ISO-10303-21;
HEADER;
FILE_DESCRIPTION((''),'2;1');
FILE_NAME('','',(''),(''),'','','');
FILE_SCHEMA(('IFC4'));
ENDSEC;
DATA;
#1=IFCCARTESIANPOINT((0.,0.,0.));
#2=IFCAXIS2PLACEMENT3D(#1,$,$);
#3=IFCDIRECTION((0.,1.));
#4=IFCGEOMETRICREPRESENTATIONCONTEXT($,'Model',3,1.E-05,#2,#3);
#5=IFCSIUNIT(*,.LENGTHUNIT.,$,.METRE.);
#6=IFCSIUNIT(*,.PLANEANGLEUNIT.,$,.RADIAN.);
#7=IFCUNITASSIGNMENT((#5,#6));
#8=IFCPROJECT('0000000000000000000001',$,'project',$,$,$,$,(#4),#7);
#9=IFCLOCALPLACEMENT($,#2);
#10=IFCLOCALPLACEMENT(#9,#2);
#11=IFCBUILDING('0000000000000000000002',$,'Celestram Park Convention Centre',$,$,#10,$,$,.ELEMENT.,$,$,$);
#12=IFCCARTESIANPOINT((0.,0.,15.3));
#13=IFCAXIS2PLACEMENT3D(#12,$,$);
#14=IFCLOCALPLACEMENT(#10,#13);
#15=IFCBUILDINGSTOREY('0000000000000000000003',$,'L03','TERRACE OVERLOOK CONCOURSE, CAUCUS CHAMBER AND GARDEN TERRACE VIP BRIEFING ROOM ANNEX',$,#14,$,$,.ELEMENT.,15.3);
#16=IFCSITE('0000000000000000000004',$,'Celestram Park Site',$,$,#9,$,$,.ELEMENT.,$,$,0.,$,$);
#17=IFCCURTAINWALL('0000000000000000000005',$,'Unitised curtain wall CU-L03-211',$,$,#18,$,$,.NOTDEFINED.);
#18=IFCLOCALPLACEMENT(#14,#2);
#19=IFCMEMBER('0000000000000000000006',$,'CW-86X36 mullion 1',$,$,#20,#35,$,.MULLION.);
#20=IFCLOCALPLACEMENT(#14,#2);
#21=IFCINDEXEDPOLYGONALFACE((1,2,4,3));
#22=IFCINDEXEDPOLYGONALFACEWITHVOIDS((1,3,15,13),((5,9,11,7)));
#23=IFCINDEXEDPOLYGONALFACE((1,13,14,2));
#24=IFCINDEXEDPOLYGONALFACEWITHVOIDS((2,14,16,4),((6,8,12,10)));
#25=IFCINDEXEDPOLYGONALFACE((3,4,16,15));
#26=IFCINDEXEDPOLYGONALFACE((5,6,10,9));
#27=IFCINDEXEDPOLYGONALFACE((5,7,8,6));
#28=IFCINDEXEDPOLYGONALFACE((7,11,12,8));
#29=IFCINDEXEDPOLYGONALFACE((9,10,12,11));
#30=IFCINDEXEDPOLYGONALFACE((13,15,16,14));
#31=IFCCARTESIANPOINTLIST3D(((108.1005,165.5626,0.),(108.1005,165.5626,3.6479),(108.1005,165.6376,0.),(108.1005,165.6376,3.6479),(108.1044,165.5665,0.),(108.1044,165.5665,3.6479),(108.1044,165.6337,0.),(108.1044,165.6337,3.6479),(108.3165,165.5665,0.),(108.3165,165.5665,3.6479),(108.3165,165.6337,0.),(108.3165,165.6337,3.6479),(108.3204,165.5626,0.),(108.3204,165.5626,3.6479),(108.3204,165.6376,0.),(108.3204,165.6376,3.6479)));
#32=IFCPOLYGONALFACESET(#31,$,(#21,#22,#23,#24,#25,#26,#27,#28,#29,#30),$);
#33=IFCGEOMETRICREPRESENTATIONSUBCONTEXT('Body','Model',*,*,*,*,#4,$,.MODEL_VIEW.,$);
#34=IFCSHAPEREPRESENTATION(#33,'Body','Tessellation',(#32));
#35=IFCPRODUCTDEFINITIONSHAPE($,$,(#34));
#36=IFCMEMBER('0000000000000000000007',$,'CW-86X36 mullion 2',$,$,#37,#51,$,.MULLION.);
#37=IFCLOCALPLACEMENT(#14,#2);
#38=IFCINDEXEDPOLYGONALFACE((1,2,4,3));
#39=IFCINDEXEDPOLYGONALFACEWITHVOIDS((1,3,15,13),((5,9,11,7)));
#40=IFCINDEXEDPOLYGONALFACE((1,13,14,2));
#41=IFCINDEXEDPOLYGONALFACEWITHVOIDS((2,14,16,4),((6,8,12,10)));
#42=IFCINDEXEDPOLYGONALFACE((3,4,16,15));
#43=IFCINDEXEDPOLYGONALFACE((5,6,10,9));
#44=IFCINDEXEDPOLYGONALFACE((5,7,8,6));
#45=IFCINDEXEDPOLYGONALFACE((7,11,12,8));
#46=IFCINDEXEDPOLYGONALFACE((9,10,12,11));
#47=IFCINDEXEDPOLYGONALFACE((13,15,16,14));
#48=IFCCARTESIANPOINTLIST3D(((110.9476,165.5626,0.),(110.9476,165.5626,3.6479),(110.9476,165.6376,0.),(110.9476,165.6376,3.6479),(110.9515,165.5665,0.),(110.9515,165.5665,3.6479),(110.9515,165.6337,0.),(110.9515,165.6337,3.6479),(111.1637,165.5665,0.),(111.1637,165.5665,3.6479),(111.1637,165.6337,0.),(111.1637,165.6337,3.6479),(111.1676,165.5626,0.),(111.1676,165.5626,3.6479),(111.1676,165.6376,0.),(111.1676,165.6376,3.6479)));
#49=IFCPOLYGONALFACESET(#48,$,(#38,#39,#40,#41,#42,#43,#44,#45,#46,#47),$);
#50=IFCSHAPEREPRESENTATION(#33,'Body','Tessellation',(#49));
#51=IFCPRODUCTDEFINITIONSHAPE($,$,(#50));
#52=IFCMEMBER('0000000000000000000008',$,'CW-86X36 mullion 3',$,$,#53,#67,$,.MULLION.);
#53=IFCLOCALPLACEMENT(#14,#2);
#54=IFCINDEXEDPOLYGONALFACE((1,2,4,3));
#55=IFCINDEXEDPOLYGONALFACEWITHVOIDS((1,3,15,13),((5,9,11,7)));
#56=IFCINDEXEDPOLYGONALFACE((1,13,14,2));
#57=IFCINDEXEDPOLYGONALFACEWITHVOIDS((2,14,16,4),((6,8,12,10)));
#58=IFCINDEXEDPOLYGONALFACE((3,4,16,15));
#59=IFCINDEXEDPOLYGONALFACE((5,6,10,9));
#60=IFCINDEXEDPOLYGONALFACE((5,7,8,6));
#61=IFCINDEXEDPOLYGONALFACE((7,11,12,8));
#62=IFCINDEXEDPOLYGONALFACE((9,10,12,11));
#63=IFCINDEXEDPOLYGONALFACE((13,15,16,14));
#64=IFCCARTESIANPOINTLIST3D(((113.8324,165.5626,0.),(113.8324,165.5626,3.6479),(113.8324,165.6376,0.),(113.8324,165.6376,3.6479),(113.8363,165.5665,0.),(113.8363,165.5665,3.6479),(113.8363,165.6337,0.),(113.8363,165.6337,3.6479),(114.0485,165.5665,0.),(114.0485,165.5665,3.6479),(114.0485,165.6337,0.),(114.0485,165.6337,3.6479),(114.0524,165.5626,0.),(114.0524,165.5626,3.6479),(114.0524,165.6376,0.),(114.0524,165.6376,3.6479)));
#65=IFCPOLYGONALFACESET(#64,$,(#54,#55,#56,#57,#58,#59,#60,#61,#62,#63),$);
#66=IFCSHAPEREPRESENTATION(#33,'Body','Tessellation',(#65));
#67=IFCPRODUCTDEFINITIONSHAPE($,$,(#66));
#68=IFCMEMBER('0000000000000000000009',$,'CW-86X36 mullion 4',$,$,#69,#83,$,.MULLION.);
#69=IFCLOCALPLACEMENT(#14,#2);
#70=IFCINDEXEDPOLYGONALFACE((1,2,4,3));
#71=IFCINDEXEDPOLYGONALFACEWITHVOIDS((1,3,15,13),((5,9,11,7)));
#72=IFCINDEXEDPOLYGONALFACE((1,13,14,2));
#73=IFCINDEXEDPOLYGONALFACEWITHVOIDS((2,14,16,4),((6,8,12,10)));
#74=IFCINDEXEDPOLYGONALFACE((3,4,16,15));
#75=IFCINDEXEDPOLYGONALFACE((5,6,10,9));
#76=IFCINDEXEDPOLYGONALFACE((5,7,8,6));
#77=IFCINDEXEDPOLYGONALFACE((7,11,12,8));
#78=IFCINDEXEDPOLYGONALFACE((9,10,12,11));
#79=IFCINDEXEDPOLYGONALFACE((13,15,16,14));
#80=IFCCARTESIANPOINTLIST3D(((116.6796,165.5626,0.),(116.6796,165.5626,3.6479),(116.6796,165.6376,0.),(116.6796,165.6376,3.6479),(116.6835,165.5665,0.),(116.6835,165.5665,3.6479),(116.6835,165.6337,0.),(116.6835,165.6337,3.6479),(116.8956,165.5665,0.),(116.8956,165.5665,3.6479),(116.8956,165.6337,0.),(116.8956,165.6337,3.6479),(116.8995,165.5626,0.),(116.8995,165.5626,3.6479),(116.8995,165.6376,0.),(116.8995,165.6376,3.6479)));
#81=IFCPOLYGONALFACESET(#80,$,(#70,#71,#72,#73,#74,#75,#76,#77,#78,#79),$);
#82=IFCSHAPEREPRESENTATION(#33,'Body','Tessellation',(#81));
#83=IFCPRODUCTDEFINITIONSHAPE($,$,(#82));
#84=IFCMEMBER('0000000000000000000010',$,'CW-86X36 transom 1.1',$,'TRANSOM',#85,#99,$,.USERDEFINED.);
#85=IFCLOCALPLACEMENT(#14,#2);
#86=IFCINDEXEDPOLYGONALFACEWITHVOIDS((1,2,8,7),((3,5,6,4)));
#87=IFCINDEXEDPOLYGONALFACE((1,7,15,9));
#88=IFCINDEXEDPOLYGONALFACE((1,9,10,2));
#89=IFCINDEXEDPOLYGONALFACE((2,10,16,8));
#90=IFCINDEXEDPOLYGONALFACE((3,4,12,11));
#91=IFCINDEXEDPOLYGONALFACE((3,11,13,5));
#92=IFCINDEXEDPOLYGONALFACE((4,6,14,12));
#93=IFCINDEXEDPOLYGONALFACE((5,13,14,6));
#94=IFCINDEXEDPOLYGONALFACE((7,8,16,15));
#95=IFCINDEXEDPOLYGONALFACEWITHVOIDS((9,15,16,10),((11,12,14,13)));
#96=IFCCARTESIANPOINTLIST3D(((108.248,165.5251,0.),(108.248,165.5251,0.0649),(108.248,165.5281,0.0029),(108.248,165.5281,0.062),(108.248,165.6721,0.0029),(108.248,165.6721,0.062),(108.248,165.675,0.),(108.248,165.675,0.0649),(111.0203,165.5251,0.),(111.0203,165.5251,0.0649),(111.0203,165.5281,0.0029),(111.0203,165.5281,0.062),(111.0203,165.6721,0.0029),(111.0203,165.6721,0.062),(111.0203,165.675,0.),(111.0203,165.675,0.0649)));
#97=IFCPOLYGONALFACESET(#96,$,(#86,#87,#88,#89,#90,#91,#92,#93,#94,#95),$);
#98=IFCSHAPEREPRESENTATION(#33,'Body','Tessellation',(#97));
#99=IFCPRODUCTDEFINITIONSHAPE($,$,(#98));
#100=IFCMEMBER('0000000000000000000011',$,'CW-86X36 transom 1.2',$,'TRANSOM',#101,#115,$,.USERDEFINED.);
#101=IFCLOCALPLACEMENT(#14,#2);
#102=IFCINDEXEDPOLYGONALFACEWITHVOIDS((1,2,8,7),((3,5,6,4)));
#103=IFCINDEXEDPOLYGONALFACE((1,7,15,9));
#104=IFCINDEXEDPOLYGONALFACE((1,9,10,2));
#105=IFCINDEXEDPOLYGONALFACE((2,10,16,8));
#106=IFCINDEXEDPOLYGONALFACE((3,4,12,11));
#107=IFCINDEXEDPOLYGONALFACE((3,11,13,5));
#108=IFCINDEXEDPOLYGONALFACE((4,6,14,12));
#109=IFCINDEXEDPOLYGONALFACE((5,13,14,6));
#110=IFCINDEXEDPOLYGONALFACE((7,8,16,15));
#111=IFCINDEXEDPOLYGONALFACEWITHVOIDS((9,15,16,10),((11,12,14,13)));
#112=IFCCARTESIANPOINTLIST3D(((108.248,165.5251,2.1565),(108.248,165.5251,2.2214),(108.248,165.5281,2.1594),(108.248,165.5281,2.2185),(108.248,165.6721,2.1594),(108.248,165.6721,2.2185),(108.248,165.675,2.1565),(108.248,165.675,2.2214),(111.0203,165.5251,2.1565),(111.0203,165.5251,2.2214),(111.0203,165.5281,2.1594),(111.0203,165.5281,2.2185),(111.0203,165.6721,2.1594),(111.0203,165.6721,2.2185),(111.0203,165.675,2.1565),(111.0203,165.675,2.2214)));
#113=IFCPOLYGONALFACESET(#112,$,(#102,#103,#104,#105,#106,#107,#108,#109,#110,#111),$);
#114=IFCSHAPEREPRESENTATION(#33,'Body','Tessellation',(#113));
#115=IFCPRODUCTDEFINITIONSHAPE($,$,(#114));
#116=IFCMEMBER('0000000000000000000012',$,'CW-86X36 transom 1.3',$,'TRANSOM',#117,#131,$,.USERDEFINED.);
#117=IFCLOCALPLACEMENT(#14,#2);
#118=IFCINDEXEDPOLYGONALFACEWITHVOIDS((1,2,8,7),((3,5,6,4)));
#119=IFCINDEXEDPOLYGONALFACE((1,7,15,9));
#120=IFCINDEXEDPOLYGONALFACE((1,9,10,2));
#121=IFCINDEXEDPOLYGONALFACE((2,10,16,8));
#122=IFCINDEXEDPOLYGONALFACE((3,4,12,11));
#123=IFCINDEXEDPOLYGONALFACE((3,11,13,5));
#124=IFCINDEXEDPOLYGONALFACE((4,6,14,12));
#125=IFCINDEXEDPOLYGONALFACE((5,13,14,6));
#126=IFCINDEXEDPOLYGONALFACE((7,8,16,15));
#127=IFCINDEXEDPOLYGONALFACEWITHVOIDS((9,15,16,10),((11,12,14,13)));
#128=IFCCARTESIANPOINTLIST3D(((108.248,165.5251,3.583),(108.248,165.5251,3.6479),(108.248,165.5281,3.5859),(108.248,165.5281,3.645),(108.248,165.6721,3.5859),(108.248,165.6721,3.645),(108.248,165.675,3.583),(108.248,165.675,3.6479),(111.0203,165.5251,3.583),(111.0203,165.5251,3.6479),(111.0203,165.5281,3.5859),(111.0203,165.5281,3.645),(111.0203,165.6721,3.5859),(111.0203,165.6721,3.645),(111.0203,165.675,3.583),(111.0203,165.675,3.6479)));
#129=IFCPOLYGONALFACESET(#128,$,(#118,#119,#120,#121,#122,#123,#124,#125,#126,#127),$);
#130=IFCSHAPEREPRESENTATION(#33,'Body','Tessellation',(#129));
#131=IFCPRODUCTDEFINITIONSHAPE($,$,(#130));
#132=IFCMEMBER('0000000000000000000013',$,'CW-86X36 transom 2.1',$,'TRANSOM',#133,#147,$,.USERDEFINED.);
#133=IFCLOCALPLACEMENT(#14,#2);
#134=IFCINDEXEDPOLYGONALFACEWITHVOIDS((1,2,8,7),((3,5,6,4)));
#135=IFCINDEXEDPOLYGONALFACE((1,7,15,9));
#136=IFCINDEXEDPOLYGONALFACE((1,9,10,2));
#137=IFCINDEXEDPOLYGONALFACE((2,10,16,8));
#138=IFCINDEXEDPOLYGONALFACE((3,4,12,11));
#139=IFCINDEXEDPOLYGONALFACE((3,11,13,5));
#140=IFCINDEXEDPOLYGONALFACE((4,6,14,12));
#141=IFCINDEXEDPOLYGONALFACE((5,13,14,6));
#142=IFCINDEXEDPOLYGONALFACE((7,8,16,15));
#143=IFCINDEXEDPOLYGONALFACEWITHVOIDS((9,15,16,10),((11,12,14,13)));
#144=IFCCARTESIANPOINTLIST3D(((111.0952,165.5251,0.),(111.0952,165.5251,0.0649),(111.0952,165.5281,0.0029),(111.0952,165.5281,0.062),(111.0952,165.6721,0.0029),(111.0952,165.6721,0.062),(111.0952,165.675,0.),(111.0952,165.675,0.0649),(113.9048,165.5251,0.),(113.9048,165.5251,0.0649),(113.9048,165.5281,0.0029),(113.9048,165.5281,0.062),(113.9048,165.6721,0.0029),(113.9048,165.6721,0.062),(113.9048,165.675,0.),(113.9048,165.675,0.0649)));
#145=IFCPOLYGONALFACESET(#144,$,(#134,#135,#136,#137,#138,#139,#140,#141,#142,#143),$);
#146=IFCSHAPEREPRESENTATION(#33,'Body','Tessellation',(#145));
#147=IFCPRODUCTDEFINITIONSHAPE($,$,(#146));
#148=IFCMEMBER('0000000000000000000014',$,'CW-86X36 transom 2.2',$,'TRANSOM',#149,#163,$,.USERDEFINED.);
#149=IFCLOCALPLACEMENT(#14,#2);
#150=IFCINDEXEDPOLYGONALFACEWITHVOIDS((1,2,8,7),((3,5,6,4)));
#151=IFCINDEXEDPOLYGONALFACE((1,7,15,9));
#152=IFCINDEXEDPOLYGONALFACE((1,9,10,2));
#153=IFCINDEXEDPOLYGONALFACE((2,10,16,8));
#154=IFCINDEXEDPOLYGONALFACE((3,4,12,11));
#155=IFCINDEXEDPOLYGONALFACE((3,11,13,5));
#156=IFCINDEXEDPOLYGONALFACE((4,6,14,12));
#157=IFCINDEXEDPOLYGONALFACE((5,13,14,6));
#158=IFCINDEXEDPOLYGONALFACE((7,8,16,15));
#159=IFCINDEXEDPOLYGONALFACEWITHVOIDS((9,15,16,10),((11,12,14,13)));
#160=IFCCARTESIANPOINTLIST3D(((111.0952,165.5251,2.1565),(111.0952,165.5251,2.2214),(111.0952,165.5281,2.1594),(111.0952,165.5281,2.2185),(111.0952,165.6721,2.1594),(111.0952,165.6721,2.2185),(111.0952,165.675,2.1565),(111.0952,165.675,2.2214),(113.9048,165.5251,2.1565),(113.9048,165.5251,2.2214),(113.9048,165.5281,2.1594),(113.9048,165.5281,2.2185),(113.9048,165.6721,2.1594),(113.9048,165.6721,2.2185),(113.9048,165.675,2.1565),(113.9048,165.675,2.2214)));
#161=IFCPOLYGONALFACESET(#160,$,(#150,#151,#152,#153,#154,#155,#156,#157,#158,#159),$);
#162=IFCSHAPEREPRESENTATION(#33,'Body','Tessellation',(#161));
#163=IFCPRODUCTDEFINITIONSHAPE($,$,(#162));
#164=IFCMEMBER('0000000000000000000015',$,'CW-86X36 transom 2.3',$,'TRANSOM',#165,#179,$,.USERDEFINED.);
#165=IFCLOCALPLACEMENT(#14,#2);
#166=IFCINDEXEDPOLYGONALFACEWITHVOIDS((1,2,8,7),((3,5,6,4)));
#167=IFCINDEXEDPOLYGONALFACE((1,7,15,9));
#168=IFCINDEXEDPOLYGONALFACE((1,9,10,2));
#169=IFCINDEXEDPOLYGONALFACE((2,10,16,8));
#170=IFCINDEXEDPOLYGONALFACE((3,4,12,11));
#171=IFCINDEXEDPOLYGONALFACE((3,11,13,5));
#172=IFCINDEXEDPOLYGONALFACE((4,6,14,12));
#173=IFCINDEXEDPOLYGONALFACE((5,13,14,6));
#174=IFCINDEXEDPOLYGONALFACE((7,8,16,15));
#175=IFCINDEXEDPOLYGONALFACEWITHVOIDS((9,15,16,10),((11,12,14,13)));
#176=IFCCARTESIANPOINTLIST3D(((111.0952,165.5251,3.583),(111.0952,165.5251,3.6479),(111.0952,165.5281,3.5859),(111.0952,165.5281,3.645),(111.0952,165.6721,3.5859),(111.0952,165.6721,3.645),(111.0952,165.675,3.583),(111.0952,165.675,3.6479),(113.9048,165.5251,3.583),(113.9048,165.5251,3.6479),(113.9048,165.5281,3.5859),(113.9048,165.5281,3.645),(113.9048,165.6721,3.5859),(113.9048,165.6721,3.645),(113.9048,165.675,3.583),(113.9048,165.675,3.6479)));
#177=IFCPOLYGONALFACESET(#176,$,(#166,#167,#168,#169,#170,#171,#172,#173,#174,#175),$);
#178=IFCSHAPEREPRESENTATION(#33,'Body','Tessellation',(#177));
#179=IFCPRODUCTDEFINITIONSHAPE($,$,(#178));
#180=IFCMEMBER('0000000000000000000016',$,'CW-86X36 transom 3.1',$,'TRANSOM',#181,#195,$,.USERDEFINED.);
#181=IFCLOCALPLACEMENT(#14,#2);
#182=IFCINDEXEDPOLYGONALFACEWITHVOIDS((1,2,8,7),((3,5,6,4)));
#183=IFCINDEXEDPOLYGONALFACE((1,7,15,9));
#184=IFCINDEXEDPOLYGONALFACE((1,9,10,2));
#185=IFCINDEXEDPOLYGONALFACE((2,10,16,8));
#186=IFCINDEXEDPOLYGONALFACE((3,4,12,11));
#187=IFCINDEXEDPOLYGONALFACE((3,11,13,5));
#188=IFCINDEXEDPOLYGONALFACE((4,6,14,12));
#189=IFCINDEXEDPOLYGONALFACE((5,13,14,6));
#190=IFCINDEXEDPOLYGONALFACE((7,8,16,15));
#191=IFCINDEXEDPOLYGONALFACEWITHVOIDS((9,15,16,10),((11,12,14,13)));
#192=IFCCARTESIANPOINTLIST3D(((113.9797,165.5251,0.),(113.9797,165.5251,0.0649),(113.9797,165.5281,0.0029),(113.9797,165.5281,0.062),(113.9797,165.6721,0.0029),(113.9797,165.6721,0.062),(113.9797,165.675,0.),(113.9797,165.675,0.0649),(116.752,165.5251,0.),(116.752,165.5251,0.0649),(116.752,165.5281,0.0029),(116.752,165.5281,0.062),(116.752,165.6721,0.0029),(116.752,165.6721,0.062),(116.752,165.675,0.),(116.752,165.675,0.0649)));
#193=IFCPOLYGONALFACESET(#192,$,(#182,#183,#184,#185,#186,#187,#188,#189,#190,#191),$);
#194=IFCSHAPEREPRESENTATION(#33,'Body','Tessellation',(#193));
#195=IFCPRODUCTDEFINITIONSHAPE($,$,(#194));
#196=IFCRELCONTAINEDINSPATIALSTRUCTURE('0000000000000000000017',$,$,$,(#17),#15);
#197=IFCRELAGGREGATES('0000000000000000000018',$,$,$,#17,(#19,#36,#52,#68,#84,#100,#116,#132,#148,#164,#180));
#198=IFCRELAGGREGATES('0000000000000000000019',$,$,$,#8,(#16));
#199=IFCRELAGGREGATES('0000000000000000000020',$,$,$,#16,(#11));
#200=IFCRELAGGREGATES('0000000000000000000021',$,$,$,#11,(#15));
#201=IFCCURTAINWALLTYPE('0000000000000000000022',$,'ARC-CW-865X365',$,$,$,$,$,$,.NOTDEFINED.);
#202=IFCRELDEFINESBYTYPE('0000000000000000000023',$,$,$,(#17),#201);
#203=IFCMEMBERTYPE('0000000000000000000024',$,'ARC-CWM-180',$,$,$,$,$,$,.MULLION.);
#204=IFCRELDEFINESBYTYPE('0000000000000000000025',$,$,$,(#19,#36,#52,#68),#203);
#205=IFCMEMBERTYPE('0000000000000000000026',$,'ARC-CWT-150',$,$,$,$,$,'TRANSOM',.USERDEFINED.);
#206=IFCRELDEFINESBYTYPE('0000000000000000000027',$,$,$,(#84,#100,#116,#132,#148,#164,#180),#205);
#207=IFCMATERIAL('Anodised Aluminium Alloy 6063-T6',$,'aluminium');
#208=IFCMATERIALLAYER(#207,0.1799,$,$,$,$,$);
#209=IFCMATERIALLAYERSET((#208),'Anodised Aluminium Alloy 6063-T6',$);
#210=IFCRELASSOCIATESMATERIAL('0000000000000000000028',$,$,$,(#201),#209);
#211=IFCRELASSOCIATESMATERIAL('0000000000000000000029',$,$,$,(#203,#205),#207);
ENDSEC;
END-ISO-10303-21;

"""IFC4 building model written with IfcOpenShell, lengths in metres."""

from ifc_helpers import new_model, si_unit, direction, frame, origin, origin_2d, place, context, subcontext, project, spatial, hollow_rectangle, extrude, material, layer, layer_set, material_profile, profile_set, type_object, element, aggregate, save


model = new_model("IFC4")

# Units and contexts
model_context = context("Model", 3, precision=1e-05, world=origin(), true_north=direction((0.0, 1.0)))
body_context = subcontext(model_context, "Body", "Model", "MODEL_VIEW")
ifc_project = project(units=[si_unit("LENGTHUNIT", "METRE"), si_unit("PLANEANGLEUNIT", "RADIAN")], contexts=[model_context])

# Site, building, storey
site_placement = place(None, origin())
site = spatial("IfcSite", under=ifc_project, at=site_placement, Name="Celestram Park Site", CompositionType="ELEMENT", RefElevation=0.0)
building_placement = place(site_placement, origin())
building = spatial("IfcBuilding", under=site, at=building_placement, Name="Celestram Park Convention Centre", CompositionType="ELEMENT")
storey_placement = place(building_placement, frame((0.0, 0.0, 15.3)))
storey = spatial("IfcBuildingStorey", under=building, at=storey_placement, Name="L03", Description="TERRACE OVERLOOK CONCOURSE, CAUCUS CHAMBER AND GARDEN TERRACE VIP BRIEFING ROOM ANNEX", CompositionType="ELEMENT", Elevation=15.3)

# Curtain wall, members
ifc_material_1 = material(Name="Anodised Aluminium Alloy 6063-T6", Category="aluminium")
ifc_layer_1 = layer(ifc_material_1, 0.1799)
ifc_layer_set_1 = layer_set([ifc_layer_1], Name="Anodised Aluminium Alloy 6063-T6")
curtain_wall_type = type_object("IfcCurtainWallType", Name="ARC-CW-865X365", PredefinedType="NOTDEFINED", material=ifc_layer_set_1)
curtain_wall_placement = place(storey_placement, origin())
curtain_wall = element("IfcCurtainWall", 1, at=curtain_wall_placement, inside=storey, type_object=curtain_wall_type, Name="Unitised curtain wall CU-L03-211", PredefinedType="NOTDEFINED")
ifc_material_profile_1 = material_profile(ifc_material_1, hollow_rectangle(XDim=0.075, YDim=0.22, WallThickness=0.0039, at=origin_2d()), Name="ALU75X220X4")
ifc_profile_set_1 = profile_set([ifc_material_profile_1], Name="Anodised Aluminium Alloy 6063-T6")
member_type_1 = type_object("IfcMemberType", Name="ARC-CWM-180", PredefinedType="MULLION", material=ifc_profile_set_1)
member_1_placement = place(storey_placement, frame((108.2104, 165.6001, 0.0), z_axis=(0.0, 0.0, 1.0), x_axis=(0.0, 1.0, 0.0)))
member_1 = element("IfcMember", 2, at=member_1_placement, type_object=member_type_1, Name="CW-86X36 mullion 1", PredefinedType="MULLION", context=body_context, shape_type="SweptSolid", body=[
    extrude(hollow_rectangle(XDim=0.075, YDim=0.22, WallThickness=0.0039, at=origin_2d()), origin(), (0.0, 0.0, 1.0), 3.6479),
])
member_2_placement = place(storey_placement, frame((111.0576, 165.6001, 0.0), z_axis=(0.0, 0.0, 1.0), x_axis=(0.0, 1.0, 0.0)))
member_2 = element("IfcMember", 3, at=member_2_placement, type_object=member_type_1, Name="CW-86X36 mullion 2", PredefinedType="MULLION", context=body_context, shape_type="SweptSolid", body=[
    extrude(hollow_rectangle(XDim=0.075, YDim=0.22, WallThickness=0.0039, at=origin_2d()), origin(), (0.0, 0.0, 1.0), 3.6479),
])
member_3_placement = place(storey_placement, frame((113.9424, 165.6001, 0.0), z_axis=(0.0, 0.0, 1.0), x_axis=(0.0, 1.0, 0.0)))
member_3 = element("IfcMember", 4, at=member_3_placement, type_object=member_type_1, Name="CW-86X36 mullion 3", PredefinedType="MULLION", context=body_context, shape_type="SweptSolid", body=[
    extrude(hollow_rectangle(XDim=0.075, YDim=0.22, WallThickness=0.0039, at=origin_2d()), origin(), (0.0, 0.0, 1.0), 3.6479),
])
member_4_placement = place(storey_placement, frame((116.7896, 165.6001, 0.0), z_axis=(0.0, 0.0, 1.0), x_axis=(0.0, 1.0, 0.0)))
member_4 = element("IfcMember", 5, at=member_4_placement, type_object=member_type_1, Name="CW-86X36 mullion 4", PredefinedType="MULLION", context=body_context, shape_type="SweptSolid", body=[
    extrude(hollow_rectangle(XDim=0.075, YDim=0.22, WallThickness=0.0039, at=origin_2d()), origin(), (0.0, 0.0, 1.0), 3.6479),
])
ifc_material_profile_2 = material_profile(ifc_material_1, hollow_rectangle(XDim=0.1499, YDim=0.0649, WallThickness=0.0029, at=origin_2d()), Name="ALU150X65X3")
ifc_profile_set_2 = profile_set([ifc_material_profile_2], Name="Anodised Aluminium Alloy 6063-T6")
member_type_2 = type_object("IfcMemberType", Name="ARC-CWT-150", ElementType="TRANSOM", PredefinedType="USERDEFINED", material=ifc_profile_set_2)
member_5_placement = place(storey_placement, frame((108.248, 165.6001, 0.0325), z_axis=(1.0, 0.0, 0.0), x_axis=(0.0, 1.0, 0.0)))
member_5 = element("IfcMember", 6, at=member_5_placement, type_object=member_type_2, Name="CW-86X36 transom 1.1", ObjectType="TRANSOM", PredefinedType="USERDEFINED", context=body_context, shape_type="SweptSolid", body=[
    extrude(hollow_rectangle(XDim=0.1499, YDim=0.0649, WallThickness=0.0029, at=origin_2d()), origin(), (0.0, 0.0, 1.0), 2.7722),
])
member_6_placement = place(storey_placement, frame((108.248, 165.6001, 2.189), z_axis=(1.0, 0.0, 0.0), x_axis=(0.0, 1.0, 0.0)))
member_6 = element("IfcMember", 7, at=member_6_placement, type_object=member_type_2, Name="CW-86X36 transom 1.2", ObjectType="TRANSOM", PredefinedType="USERDEFINED", context=body_context, shape_type="SweptSolid", body=[
    extrude(hollow_rectangle(XDim=0.1499, YDim=0.0649, WallThickness=0.0029, at=origin_2d()), origin(), (0.0, 0.0, 1.0), 2.7722),
])
member_7_placement = place(storey_placement, frame((108.248, 165.6001, 3.6155), z_axis=(1.0, 0.0, 0.0), x_axis=(0.0, 1.0, 0.0)))
member_7 = element("IfcMember", 8, at=member_7_placement, type_object=member_type_2, Name="CW-86X36 transom 1.3", ObjectType="TRANSOM", PredefinedType="USERDEFINED", context=body_context, shape_type="SweptSolid", body=[
    extrude(hollow_rectangle(XDim=0.1499, YDim=0.0649, WallThickness=0.0029, at=origin_2d()), origin(), (0.0, 0.0, 1.0), 2.7722),
])
member_8_placement = place(storey_placement, frame((111.0952, 165.6001, 0.0325), z_axis=(1.0, 0.0, 0.0), x_axis=(0.0, 1.0, 0.0)))
member_8 = element("IfcMember", 9, at=member_8_placement, type_object=member_type_2, Name="CW-86X36 transom 2.1", ObjectType="TRANSOM", PredefinedType="USERDEFINED", context=body_context, shape_type="SweptSolid", body=[
    extrude(hollow_rectangle(XDim=0.1499, YDim=0.0649, WallThickness=0.0029, at=origin_2d()), origin(), (0.0, 0.0, 1.0), 2.8096),
])
member_9_placement = place(storey_placement, frame((111.0952, 165.6001, 2.189), z_axis=(1.0, 0.0, 0.0), x_axis=(0.0, 1.0, 0.0)))
member_9 = element("IfcMember", 10, at=member_9_placement, type_object=member_type_2, Name="CW-86X36 transom 2.2", ObjectType="TRANSOM", PredefinedType="USERDEFINED", context=body_context, shape_type="SweptSolid", body=[
    extrude(hollow_rectangle(XDim=0.1499, YDim=0.0649, WallThickness=0.0029, at=origin_2d()), origin(), (0.0, 0.0, 1.0), 2.8096),
])
member_10_placement = place(storey_placement, frame((111.0952, 165.6001, 3.6155), z_axis=(1.0, 0.0, 0.0), x_axis=(0.0, 1.0, 0.0)))
member_10 = element("IfcMember", 11, at=member_10_placement, type_object=member_type_2, Name="CW-86X36 transom 2.3", ObjectType="TRANSOM", PredefinedType="USERDEFINED", context=body_context, shape_type="SweptSolid", body=[
    extrude(hollow_rectangle(XDim=0.1499, YDim=0.0649, WallThickness=0.0029, at=origin_2d()), origin(), (0.0, 0.0, 1.0), 2.8096),
])
member_11_placement = place(storey_placement, frame((113.9797, 165.6001, 0.0325), z_axis=(1.0, 0.0, 0.0), x_axis=(0.0, 1.0, 0.0)))
member_11 = element("IfcMember", 12, at=member_11_placement, type_object=member_type_2, Name="CW-86X36 transom 3.1", ObjectType="TRANSOM", PredefinedType="USERDEFINED", context=body_context, shape_type="SweptSolid", body=[
    extrude(hollow_rectangle(XDim=0.1499, YDim=0.0649, WallThickness=0.0029, at=origin_2d()), origin(), (0.0, 0.0, 1.0), 2.7722),
])

aggregate(curtain_wall, [member_1, member_2, member_3, member_4, member_5, member_6, member_7, member_8, member_9, member_10, member_11])

save(model, "model.ifc")
